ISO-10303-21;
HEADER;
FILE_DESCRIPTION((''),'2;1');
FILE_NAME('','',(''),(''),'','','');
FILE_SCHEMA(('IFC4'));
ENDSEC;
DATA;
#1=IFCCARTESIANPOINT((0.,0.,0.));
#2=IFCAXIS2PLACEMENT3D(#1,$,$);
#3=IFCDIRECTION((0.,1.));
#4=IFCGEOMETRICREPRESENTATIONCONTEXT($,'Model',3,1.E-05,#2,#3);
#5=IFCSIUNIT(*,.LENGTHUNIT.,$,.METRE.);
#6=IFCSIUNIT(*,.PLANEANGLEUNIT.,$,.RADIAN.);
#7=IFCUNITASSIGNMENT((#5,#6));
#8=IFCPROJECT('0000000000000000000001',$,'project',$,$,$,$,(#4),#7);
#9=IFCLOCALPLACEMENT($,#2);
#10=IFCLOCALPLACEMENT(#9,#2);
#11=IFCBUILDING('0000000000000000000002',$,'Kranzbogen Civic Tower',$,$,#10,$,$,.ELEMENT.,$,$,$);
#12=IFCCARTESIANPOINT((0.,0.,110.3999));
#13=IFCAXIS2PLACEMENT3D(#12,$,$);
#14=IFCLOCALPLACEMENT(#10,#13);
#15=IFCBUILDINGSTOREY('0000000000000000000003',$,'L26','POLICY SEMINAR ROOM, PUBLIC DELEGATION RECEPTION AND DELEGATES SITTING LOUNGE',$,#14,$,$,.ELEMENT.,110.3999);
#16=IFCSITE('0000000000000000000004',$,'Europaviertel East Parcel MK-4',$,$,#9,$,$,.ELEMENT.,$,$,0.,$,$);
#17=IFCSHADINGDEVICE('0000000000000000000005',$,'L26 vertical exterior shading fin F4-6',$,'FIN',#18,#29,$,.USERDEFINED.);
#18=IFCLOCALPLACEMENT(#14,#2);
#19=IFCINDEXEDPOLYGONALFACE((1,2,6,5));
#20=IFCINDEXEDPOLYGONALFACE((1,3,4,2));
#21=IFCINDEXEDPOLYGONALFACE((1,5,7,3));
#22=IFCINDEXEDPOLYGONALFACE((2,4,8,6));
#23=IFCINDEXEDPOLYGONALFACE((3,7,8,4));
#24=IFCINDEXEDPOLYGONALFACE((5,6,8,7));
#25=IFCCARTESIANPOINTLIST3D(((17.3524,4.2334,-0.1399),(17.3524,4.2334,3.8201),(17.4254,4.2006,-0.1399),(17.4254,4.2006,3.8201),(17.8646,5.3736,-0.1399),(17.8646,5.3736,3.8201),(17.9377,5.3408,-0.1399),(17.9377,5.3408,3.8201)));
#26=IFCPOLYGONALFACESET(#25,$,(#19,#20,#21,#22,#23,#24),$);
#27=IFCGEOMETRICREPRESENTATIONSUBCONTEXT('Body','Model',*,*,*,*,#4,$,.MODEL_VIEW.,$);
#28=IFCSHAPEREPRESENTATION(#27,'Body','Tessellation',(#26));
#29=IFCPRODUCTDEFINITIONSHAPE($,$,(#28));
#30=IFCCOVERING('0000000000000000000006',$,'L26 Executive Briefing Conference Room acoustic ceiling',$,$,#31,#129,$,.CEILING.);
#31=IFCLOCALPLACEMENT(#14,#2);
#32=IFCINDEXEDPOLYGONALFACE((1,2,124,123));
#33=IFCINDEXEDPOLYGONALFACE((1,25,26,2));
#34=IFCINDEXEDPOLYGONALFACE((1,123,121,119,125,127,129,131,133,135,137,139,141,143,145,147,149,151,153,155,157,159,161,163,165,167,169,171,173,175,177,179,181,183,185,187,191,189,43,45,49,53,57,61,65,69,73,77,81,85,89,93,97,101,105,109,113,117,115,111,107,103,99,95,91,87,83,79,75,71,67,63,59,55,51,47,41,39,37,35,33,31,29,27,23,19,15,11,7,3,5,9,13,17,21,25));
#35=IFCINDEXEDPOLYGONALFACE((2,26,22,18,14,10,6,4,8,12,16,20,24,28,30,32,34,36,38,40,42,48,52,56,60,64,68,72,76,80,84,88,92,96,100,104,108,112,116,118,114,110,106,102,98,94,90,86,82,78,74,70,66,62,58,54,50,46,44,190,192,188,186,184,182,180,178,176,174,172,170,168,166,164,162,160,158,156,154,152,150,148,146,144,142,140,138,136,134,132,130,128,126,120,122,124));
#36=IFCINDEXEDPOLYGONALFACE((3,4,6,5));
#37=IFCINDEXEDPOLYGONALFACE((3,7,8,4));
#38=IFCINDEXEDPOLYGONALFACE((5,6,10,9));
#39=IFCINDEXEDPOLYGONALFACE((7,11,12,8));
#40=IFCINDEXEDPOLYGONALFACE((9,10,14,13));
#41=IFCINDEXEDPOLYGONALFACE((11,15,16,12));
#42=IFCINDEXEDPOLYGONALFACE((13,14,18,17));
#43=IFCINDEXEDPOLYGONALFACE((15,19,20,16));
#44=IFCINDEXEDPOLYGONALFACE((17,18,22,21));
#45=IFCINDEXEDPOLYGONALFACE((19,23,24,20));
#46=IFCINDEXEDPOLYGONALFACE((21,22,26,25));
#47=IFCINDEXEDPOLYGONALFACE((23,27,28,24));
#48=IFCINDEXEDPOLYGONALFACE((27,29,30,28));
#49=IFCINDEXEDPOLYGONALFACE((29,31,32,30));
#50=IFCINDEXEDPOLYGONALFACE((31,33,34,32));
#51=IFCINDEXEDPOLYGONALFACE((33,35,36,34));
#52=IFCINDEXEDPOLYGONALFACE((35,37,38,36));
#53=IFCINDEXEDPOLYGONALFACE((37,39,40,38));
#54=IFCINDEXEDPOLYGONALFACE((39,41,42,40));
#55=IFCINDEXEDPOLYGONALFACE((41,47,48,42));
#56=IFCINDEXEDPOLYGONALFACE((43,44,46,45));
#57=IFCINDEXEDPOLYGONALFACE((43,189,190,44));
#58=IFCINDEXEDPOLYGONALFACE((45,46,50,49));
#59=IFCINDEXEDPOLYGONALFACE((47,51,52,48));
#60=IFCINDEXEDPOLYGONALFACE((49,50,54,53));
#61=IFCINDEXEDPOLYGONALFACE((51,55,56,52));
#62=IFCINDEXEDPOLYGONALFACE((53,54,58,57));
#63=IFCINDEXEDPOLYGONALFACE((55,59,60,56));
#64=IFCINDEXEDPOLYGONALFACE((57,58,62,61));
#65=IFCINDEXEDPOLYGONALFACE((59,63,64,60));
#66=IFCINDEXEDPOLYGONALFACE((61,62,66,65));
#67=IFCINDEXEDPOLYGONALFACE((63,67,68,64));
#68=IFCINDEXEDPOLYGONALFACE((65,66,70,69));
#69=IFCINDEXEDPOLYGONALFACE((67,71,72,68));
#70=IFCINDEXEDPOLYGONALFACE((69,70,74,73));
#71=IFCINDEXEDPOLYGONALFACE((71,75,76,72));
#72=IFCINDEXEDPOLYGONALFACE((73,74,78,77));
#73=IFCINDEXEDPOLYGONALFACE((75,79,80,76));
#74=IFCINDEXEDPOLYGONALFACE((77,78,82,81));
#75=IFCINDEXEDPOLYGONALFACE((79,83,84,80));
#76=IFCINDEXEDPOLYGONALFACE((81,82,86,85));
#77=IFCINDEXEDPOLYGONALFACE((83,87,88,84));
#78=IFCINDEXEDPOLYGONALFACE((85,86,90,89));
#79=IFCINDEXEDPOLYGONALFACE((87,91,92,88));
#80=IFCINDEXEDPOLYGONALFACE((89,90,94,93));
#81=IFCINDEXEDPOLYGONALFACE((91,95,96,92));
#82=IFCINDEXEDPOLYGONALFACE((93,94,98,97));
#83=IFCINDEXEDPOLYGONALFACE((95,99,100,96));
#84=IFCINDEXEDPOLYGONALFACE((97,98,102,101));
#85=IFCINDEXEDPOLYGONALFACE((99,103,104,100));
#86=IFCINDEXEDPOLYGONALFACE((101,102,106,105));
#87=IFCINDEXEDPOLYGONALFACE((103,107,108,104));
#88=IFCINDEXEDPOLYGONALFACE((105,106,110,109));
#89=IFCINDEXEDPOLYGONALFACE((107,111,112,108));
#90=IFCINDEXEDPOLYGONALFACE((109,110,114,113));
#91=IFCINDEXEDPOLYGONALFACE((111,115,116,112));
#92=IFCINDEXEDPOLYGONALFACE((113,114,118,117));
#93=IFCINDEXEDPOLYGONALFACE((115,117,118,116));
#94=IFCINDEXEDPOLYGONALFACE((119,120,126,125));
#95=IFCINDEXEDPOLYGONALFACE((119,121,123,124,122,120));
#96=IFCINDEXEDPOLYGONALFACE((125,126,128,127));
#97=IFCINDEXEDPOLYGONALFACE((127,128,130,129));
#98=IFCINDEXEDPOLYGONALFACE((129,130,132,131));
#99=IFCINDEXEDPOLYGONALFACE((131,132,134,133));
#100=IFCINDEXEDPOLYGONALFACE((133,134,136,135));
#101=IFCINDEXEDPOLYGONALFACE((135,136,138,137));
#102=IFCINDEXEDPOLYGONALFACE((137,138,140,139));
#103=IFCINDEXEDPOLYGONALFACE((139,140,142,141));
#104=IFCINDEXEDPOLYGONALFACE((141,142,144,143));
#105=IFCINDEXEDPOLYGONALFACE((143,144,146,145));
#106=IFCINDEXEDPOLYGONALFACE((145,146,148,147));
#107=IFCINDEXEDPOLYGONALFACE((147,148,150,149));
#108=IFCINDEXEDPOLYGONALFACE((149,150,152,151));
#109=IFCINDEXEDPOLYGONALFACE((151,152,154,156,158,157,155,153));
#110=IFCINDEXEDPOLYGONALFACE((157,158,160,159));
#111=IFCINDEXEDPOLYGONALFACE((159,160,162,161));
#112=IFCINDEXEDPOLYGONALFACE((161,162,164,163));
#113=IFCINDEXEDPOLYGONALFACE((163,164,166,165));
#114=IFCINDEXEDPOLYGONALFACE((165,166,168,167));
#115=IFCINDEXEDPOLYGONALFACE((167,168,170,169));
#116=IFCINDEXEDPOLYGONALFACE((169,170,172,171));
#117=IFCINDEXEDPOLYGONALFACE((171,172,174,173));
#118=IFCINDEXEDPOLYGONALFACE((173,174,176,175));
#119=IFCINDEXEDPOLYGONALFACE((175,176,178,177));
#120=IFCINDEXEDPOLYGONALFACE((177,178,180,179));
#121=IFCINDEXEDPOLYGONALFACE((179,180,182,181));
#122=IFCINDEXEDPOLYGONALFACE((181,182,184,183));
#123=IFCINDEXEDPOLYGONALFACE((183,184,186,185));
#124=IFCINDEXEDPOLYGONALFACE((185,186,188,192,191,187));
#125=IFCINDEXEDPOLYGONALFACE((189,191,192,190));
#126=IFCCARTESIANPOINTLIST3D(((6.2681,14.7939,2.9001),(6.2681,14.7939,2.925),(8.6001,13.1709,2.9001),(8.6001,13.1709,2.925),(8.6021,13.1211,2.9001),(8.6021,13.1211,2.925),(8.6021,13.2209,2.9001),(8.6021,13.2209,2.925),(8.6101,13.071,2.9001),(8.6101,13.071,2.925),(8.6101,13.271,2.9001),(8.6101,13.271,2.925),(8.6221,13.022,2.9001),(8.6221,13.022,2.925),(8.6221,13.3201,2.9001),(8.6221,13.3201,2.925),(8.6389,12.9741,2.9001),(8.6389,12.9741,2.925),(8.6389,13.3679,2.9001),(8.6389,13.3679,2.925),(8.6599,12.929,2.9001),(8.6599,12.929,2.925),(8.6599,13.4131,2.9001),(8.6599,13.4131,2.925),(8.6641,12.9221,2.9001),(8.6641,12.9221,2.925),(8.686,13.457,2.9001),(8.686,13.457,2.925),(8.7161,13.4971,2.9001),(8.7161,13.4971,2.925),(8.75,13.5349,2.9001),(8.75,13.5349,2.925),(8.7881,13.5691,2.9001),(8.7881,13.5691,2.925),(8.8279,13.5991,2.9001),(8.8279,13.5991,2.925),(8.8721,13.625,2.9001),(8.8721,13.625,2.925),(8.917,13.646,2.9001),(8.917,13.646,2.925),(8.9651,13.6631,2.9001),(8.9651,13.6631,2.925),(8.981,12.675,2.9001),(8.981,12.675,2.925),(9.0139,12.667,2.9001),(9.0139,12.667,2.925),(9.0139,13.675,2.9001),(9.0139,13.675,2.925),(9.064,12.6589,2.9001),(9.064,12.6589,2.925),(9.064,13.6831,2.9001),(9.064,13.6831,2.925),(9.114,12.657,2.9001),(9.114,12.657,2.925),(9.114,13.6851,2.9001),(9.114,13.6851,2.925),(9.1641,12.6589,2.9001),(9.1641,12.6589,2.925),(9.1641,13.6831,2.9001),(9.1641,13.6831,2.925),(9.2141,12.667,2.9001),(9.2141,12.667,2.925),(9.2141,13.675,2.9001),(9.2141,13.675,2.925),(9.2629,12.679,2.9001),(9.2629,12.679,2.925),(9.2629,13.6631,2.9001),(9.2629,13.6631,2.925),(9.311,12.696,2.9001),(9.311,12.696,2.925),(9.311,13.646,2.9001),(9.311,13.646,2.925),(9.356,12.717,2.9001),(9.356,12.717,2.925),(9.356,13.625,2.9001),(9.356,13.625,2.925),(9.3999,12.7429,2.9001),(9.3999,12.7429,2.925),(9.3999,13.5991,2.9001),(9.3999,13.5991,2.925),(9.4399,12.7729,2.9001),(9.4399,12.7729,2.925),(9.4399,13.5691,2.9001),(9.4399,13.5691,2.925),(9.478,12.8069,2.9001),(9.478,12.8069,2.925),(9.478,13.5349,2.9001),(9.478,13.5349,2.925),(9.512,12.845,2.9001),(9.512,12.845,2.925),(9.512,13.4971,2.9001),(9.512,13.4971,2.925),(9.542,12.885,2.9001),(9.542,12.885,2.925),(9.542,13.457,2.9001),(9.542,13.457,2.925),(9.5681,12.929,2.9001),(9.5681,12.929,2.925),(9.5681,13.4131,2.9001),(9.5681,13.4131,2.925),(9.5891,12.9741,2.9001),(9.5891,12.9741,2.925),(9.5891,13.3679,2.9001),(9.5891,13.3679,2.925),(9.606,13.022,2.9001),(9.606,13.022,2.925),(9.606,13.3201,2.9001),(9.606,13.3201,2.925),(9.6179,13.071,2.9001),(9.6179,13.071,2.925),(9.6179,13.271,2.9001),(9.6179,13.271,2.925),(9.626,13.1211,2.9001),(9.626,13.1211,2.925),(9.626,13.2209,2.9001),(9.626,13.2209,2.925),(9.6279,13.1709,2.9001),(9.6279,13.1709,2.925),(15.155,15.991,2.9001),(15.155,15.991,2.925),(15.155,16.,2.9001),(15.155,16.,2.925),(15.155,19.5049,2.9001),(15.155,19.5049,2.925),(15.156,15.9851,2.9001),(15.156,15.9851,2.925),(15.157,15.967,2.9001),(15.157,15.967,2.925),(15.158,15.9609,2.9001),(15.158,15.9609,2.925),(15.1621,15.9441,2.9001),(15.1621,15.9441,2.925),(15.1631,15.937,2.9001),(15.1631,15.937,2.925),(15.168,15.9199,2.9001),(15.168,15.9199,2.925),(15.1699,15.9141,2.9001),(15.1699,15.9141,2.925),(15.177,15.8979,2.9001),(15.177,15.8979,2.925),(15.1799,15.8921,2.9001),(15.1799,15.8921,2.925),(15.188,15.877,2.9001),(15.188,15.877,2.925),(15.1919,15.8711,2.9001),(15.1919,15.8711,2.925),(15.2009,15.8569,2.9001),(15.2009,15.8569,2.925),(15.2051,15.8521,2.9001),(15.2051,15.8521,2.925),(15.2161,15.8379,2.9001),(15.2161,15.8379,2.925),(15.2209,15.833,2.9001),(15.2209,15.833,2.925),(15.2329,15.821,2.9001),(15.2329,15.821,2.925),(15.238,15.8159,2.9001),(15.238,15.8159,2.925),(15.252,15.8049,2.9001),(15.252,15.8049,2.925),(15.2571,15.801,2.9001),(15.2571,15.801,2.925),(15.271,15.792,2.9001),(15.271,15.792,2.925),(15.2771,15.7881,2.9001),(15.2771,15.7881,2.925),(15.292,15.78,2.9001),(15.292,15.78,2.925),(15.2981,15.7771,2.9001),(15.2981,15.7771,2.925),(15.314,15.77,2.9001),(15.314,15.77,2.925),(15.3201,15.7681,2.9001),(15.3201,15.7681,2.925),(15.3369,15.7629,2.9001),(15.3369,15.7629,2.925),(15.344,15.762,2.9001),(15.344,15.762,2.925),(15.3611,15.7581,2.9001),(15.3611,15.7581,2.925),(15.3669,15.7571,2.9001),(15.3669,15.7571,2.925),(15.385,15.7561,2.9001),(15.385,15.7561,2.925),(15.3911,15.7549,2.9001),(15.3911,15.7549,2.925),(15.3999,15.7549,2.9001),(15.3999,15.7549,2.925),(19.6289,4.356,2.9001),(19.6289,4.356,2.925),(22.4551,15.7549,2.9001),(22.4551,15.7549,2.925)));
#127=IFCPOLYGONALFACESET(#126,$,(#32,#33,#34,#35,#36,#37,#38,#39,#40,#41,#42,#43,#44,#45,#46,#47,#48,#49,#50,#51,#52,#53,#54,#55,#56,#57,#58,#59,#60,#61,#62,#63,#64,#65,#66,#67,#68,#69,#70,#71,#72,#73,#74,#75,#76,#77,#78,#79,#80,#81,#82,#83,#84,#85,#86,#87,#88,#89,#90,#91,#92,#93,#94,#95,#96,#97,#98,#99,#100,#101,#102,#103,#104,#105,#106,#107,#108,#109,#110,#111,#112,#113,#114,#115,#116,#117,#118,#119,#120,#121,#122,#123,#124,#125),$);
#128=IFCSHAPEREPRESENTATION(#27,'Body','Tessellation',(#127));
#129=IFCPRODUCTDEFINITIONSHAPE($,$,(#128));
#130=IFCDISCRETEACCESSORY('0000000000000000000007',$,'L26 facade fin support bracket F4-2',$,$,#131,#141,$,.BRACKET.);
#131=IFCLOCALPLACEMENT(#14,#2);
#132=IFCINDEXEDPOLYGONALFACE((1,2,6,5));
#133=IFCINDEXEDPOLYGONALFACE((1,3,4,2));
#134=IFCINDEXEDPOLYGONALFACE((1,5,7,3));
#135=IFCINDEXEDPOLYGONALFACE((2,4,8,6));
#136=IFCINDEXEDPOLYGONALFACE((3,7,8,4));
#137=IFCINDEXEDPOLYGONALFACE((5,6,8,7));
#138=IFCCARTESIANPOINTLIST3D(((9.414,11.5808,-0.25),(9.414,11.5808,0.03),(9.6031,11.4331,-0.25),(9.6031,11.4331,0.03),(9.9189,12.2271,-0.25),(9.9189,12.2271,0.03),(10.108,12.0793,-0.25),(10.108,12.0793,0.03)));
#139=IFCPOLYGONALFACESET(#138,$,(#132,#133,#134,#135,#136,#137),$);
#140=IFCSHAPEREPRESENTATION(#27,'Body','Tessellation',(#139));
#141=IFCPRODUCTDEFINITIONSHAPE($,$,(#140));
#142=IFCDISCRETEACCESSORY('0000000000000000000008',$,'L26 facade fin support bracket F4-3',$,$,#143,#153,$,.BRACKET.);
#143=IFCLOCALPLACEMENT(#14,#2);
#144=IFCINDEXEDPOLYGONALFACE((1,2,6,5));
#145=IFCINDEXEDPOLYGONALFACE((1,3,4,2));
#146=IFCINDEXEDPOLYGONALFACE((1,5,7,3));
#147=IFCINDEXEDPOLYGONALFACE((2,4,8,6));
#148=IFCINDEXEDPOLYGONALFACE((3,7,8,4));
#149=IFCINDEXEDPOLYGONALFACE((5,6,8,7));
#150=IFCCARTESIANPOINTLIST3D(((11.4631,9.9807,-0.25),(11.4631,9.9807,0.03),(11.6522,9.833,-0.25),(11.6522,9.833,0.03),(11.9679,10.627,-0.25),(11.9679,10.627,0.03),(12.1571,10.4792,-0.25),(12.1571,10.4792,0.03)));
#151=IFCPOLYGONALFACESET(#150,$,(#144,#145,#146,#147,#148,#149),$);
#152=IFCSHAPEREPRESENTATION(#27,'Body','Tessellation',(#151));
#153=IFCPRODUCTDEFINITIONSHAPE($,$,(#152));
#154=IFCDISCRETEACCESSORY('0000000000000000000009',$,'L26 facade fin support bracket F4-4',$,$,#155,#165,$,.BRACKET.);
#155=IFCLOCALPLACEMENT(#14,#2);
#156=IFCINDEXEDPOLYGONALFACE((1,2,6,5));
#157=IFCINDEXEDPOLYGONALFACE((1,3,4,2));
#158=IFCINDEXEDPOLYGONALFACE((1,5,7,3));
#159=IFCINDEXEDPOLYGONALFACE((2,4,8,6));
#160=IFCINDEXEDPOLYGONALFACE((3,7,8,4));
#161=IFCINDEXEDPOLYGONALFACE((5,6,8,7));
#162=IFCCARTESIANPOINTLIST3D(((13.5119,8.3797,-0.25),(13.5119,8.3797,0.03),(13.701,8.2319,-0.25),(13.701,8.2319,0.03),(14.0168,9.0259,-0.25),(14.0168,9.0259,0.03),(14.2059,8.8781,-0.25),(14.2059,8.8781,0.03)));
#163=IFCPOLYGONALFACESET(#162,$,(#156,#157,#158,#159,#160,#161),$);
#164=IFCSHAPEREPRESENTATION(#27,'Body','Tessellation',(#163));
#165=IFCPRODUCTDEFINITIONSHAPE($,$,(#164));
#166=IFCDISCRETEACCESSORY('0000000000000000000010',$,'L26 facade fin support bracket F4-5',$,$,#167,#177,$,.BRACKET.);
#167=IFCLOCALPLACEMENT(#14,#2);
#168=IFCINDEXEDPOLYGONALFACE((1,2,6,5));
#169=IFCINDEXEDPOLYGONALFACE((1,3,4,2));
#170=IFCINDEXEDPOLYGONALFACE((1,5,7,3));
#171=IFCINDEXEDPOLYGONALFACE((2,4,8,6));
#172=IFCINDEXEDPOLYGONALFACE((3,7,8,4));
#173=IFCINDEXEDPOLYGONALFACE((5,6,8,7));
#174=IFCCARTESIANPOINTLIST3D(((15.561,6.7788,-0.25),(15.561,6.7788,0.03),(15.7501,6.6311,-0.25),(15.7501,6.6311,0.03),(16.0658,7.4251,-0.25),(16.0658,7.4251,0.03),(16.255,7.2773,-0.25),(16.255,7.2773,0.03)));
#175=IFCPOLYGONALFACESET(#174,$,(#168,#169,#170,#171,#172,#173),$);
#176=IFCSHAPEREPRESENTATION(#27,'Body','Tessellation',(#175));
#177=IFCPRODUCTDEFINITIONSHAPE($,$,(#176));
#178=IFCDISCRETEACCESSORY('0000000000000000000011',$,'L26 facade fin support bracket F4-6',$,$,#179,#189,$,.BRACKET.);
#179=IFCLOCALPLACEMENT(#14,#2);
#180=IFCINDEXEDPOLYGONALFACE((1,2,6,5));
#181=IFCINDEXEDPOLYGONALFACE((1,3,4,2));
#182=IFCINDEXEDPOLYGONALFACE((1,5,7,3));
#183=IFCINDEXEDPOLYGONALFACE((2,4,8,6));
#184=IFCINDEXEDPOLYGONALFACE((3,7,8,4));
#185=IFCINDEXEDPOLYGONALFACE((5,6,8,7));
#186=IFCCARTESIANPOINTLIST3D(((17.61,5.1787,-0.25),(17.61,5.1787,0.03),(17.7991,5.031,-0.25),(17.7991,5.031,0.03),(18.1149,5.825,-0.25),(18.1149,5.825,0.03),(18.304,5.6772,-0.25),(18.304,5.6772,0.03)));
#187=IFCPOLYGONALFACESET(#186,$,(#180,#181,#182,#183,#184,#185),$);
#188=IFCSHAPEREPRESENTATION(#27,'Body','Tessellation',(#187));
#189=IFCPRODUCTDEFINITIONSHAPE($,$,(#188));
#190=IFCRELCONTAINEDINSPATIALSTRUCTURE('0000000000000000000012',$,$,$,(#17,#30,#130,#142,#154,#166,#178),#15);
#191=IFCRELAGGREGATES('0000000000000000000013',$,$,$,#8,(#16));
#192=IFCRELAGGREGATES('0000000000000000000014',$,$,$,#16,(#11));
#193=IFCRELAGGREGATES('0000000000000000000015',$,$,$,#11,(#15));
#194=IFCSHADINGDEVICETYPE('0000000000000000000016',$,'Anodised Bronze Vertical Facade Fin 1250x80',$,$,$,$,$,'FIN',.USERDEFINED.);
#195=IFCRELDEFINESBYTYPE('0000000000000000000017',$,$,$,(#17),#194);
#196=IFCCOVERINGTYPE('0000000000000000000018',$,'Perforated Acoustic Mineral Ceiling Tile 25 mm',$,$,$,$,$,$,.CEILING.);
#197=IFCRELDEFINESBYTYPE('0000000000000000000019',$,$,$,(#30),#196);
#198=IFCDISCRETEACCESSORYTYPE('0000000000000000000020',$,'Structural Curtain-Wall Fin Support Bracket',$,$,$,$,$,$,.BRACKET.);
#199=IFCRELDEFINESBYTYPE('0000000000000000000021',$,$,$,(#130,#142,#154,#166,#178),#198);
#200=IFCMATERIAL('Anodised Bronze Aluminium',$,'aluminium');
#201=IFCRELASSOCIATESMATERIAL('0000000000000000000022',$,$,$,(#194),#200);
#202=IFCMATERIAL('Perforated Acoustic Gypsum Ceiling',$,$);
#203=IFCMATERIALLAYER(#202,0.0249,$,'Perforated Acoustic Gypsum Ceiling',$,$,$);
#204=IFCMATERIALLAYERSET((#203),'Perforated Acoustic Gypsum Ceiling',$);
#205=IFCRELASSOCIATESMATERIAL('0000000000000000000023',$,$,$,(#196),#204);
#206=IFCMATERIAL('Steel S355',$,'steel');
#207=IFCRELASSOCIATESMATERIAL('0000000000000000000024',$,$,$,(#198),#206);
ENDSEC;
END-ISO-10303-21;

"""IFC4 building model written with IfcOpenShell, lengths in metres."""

from ifc_helpers import new_model, si_unit, direction, frame, origin, origin_2d, place, context, subcontext, project, spatial, polyline, rectangle, outline, extrude, material, layer, layer_set, type_object, element, save


model = new_model("IFC4")

# Units and contexts
model_context = context("Model", 3, precision=1e-05, world=origin(), true_north=direction((0.0, 1.0)))
body_context = subcontext(model_context, "Body", "Model", "MODEL_VIEW")
ifc_project = project(units=[si_unit("LENGTHUNIT", "METRE"), si_unit("PLANEANGLEUNIT", "RADIAN")], contexts=[model_context])

# Site, building, storey
site_placement = place(None, origin())
site = spatial("IfcSite", under=ifc_project, at=site_placement, Name="Europaviertel East Parcel MK-4", CompositionType="ELEMENT", RefElevation=0.0)
building_placement = place(site_placement, origin())
building = spatial("IfcBuilding", under=site, at=building_placement, Name="Kranzbogen Civic Tower", CompositionType="ELEMENT")
storey_placement = place(building_placement, frame((0.0, 0.0, 110.3999)))
storey = spatial("IfcBuildingStorey", under=building, at=storey_placement, Name="L26", Description="POLICY SEMINAR ROOM, PUBLIC DELEGATION RECEPTION AND DELEGATES SITTING LOUNGE", CompositionType="ELEMENT", Elevation=110.3999)

# Shared definitions
ifc_material_1 = material(Name="Steel S355", Category="steel")

# Shading device
ifc_material_2 = material(Name="Anodised Bronze Aluminium", Category="aluminium")
shading_device_type = type_object("IfcShadingDeviceType", Name="Anodised Bronze Vertical Facade Fin 1250x80", ElementType="FIN", PredefinedType="USERDEFINED", material=ifc_material_2)
for number, where, z_axis, x_axis, name in (
    (1, (17.645, 4.7871, -0.1399), (0.0, 0.0, 1.0), (-0.409796, -0.912177, 0.0), "L26 vertical exterior shading fin F4-6"),
):
    element("IfcShadingDevice", number, at=place(storey_placement, frame(where, z_axis=z_axis, x_axis=x_axis)), inside=storey, type_object=shading_device_type, Name=name, ObjectType="FIN", PredefinedType="USERDEFINED", context=body_context, shape_type="SweptSolid", body=[
        extrude(rectangle(XDim=1.25, YDim=0.0801, at=origin_2d()), origin(), (0.0, 0.0, 1.0), 3.96),
    ])

# Covering
ifc_material_3 = material(Name="Perforated Acoustic Gypsum Ceiling")
ifc_layer_1 = layer(ifc_material_3, 0.0249, Name="Perforated Acoustic Gypsum Ceiling")
ifc_layer_set_1 = layer_set([ifc_layer_1], Name="Perforated Acoustic Gypsum Ceiling")
covering_type_1 = type_object("IfcCoveringType", Name="Perforated Acoustic Mineral Ceiling Tile 25 mm", PredefinedType="CEILING", material=ifc_layer_set_1)
covering_1_placement = place(storey_placement, frame((0.0, 0.0, 2.9001)))
element("IfcCovering", 2, at=covering_1_placement, inside=storey, type_object=covering_type_1, Name="L26 Executive Briefing Conference Room acoustic ceiling", PredefinedType="CEILING", context=body_context, shape_type="SweptSolid", body=[
    extrude(outline(polyline([(15.155, 19.5049), (15.155, 16.0), (15.155, 15.991), (15.156, 15.9851), (15.157, 15.967), (15.158, 15.9609), (15.1621, 15.9441), (15.1631, 15.937), (15.168, 15.9199), (15.1699, 15.9141), (15.177, 15.8979), (15.1799, 15.8921), (15.188, 15.877), (15.1919, 15.8711), (15.2009, 15.8569), (15.2051, 15.8521), (15.2161, 15.8379), (15.2209, 15.833), (15.2329, 15.821), (15.238, 15.8159), (15.252, 15.8049), (15.2571, 15.801), (15.271, 15.792), (15.2771, 15.7881), (15.292, 15.78), (15.2981, 15.7771), (15.314, 15.77), (15.3201, 15.7681), (15.3369, 15.7629), (15.344, 15.762), (15.3611, 15.7581), (15.3669, 15.7571), (15.385, 15.7561), (15.3911, 15.7549), (15.3999, 15.7549), (22.4551, 15.7549), (19.6289, 4.356), (8.981, 12.675), (9.0139, 12.667), (9.064, 12.6589), (9.114, 12.657), (9.1641, 12.6589), (9.2141, 12.667), (9.2629, 12.679), (9.311, 12.696), (9.356, 12.717), (9.3999, 12.7429), (9.4399, 12.7729), (9.478, 12.8069), (9.512, 12.845), (9.542, 12.885), (9.5681, 12.929), (9.5891, 12.9741), (9.606, 13.022), (9.6179, 13.071), (9.626, 13.1211), (9.6279, 13.1709), (9.626, 13.2209), (9.6179, 13.271), (9.606, 13.3201), (9.5891, 13.3679), (9.5681, 13.4131), (9.542, 13.457), (9.512, 13.4971), (9.478, 13.5349), (9.4399, 13.5691), (9.3999, 13.5991), (9.356, 13.625), (9.311, 13.646), (9.2629, 13.6631), (9.2141, 13.675), (9.1641, 13.6831), (9.114, 13.6851), (9.064, 13.6831), (9.0139, 13.675), (8.9651, 13.6631), (8.917, 13.646), (8.8721, 13.625), (8.8279, 13.5991), (8.7881, 13.5691), (8.75, 13.5349), (8.7161, 13.4971), (8.686, 13.457), (8.6599, 13.4131), (8.6389, 13.3679), (8.6221, 13.3201), (8.6101, 13.271), (8.6021, 13.2209), (8.6001, 13.1709), (8.6021, 13.1211), (8.6101, 13.071), (8.6221, 13.022), (8.6389, 12.9741), (8.6599, 12.929), (8.6641, 12.9221), (6.2681, 14.7939), (15.155, 19.5049)])), origin(), (0.0, 0.0, 1.0), 0.0249),
])

# Discrete accessories
discrete_accessory_type = type_object("IfcDiscreteAccessoryType", Name="Structural Curtain-Wall Fin Support Bracket", PredefinedType="BRACKET", material=ifc_material_1)
for number, where, z_axis, x_axis, name in (
    (3, (9.761, 11.8301, -0.25), (0.0, 0.0, 1.0), (-0.615661, -0.788011, 0.0), "L26 facade fin support bracket F4-2"),
    (4, (11.8101, 10.23, -0.25), (0.0, 0.0, 1.0), (-0.615661, -0.788011, 0.0), "L26 facade fin support bracket F4-3"),
    (5, (13.8589, 8.6289, -0.25), (0.0, 0.0, 1.0), (-0.615661, -0.788011, 0.0), "L26 facade fin support bracket F4-4"),
    (6, (15.908, 7.0281, -0.25), (0.0, 0.0, 1.0), (-0.615661, -0.788011, 0.0), "L26 facade fin support bracket F4-5"),
    (7, (17.957, 5.428, -0.25), (0.0, 0.0, 1.0), (-0.615661, -0.788011, 0.0), "L26 facade fin support bracket F4-6"),
):
    element("IfcDiscreteAccessory", number, at=place(storey_placement, frame(where, z_axis=z_axis, x_axis=x_axis)), inside=storey, type_object=discrete_accessory_type, Name=name, PredefinedType="BRACKET", context=body_context, shape_type="SweptSolid", body=[
        extrude(rectangle(XDim=0.8201, YDim=0.24, at=origin_2d()), origin(), (0.0, 0.0, 1.0), 0.28),
    ])

save(model, "model.ifc")
